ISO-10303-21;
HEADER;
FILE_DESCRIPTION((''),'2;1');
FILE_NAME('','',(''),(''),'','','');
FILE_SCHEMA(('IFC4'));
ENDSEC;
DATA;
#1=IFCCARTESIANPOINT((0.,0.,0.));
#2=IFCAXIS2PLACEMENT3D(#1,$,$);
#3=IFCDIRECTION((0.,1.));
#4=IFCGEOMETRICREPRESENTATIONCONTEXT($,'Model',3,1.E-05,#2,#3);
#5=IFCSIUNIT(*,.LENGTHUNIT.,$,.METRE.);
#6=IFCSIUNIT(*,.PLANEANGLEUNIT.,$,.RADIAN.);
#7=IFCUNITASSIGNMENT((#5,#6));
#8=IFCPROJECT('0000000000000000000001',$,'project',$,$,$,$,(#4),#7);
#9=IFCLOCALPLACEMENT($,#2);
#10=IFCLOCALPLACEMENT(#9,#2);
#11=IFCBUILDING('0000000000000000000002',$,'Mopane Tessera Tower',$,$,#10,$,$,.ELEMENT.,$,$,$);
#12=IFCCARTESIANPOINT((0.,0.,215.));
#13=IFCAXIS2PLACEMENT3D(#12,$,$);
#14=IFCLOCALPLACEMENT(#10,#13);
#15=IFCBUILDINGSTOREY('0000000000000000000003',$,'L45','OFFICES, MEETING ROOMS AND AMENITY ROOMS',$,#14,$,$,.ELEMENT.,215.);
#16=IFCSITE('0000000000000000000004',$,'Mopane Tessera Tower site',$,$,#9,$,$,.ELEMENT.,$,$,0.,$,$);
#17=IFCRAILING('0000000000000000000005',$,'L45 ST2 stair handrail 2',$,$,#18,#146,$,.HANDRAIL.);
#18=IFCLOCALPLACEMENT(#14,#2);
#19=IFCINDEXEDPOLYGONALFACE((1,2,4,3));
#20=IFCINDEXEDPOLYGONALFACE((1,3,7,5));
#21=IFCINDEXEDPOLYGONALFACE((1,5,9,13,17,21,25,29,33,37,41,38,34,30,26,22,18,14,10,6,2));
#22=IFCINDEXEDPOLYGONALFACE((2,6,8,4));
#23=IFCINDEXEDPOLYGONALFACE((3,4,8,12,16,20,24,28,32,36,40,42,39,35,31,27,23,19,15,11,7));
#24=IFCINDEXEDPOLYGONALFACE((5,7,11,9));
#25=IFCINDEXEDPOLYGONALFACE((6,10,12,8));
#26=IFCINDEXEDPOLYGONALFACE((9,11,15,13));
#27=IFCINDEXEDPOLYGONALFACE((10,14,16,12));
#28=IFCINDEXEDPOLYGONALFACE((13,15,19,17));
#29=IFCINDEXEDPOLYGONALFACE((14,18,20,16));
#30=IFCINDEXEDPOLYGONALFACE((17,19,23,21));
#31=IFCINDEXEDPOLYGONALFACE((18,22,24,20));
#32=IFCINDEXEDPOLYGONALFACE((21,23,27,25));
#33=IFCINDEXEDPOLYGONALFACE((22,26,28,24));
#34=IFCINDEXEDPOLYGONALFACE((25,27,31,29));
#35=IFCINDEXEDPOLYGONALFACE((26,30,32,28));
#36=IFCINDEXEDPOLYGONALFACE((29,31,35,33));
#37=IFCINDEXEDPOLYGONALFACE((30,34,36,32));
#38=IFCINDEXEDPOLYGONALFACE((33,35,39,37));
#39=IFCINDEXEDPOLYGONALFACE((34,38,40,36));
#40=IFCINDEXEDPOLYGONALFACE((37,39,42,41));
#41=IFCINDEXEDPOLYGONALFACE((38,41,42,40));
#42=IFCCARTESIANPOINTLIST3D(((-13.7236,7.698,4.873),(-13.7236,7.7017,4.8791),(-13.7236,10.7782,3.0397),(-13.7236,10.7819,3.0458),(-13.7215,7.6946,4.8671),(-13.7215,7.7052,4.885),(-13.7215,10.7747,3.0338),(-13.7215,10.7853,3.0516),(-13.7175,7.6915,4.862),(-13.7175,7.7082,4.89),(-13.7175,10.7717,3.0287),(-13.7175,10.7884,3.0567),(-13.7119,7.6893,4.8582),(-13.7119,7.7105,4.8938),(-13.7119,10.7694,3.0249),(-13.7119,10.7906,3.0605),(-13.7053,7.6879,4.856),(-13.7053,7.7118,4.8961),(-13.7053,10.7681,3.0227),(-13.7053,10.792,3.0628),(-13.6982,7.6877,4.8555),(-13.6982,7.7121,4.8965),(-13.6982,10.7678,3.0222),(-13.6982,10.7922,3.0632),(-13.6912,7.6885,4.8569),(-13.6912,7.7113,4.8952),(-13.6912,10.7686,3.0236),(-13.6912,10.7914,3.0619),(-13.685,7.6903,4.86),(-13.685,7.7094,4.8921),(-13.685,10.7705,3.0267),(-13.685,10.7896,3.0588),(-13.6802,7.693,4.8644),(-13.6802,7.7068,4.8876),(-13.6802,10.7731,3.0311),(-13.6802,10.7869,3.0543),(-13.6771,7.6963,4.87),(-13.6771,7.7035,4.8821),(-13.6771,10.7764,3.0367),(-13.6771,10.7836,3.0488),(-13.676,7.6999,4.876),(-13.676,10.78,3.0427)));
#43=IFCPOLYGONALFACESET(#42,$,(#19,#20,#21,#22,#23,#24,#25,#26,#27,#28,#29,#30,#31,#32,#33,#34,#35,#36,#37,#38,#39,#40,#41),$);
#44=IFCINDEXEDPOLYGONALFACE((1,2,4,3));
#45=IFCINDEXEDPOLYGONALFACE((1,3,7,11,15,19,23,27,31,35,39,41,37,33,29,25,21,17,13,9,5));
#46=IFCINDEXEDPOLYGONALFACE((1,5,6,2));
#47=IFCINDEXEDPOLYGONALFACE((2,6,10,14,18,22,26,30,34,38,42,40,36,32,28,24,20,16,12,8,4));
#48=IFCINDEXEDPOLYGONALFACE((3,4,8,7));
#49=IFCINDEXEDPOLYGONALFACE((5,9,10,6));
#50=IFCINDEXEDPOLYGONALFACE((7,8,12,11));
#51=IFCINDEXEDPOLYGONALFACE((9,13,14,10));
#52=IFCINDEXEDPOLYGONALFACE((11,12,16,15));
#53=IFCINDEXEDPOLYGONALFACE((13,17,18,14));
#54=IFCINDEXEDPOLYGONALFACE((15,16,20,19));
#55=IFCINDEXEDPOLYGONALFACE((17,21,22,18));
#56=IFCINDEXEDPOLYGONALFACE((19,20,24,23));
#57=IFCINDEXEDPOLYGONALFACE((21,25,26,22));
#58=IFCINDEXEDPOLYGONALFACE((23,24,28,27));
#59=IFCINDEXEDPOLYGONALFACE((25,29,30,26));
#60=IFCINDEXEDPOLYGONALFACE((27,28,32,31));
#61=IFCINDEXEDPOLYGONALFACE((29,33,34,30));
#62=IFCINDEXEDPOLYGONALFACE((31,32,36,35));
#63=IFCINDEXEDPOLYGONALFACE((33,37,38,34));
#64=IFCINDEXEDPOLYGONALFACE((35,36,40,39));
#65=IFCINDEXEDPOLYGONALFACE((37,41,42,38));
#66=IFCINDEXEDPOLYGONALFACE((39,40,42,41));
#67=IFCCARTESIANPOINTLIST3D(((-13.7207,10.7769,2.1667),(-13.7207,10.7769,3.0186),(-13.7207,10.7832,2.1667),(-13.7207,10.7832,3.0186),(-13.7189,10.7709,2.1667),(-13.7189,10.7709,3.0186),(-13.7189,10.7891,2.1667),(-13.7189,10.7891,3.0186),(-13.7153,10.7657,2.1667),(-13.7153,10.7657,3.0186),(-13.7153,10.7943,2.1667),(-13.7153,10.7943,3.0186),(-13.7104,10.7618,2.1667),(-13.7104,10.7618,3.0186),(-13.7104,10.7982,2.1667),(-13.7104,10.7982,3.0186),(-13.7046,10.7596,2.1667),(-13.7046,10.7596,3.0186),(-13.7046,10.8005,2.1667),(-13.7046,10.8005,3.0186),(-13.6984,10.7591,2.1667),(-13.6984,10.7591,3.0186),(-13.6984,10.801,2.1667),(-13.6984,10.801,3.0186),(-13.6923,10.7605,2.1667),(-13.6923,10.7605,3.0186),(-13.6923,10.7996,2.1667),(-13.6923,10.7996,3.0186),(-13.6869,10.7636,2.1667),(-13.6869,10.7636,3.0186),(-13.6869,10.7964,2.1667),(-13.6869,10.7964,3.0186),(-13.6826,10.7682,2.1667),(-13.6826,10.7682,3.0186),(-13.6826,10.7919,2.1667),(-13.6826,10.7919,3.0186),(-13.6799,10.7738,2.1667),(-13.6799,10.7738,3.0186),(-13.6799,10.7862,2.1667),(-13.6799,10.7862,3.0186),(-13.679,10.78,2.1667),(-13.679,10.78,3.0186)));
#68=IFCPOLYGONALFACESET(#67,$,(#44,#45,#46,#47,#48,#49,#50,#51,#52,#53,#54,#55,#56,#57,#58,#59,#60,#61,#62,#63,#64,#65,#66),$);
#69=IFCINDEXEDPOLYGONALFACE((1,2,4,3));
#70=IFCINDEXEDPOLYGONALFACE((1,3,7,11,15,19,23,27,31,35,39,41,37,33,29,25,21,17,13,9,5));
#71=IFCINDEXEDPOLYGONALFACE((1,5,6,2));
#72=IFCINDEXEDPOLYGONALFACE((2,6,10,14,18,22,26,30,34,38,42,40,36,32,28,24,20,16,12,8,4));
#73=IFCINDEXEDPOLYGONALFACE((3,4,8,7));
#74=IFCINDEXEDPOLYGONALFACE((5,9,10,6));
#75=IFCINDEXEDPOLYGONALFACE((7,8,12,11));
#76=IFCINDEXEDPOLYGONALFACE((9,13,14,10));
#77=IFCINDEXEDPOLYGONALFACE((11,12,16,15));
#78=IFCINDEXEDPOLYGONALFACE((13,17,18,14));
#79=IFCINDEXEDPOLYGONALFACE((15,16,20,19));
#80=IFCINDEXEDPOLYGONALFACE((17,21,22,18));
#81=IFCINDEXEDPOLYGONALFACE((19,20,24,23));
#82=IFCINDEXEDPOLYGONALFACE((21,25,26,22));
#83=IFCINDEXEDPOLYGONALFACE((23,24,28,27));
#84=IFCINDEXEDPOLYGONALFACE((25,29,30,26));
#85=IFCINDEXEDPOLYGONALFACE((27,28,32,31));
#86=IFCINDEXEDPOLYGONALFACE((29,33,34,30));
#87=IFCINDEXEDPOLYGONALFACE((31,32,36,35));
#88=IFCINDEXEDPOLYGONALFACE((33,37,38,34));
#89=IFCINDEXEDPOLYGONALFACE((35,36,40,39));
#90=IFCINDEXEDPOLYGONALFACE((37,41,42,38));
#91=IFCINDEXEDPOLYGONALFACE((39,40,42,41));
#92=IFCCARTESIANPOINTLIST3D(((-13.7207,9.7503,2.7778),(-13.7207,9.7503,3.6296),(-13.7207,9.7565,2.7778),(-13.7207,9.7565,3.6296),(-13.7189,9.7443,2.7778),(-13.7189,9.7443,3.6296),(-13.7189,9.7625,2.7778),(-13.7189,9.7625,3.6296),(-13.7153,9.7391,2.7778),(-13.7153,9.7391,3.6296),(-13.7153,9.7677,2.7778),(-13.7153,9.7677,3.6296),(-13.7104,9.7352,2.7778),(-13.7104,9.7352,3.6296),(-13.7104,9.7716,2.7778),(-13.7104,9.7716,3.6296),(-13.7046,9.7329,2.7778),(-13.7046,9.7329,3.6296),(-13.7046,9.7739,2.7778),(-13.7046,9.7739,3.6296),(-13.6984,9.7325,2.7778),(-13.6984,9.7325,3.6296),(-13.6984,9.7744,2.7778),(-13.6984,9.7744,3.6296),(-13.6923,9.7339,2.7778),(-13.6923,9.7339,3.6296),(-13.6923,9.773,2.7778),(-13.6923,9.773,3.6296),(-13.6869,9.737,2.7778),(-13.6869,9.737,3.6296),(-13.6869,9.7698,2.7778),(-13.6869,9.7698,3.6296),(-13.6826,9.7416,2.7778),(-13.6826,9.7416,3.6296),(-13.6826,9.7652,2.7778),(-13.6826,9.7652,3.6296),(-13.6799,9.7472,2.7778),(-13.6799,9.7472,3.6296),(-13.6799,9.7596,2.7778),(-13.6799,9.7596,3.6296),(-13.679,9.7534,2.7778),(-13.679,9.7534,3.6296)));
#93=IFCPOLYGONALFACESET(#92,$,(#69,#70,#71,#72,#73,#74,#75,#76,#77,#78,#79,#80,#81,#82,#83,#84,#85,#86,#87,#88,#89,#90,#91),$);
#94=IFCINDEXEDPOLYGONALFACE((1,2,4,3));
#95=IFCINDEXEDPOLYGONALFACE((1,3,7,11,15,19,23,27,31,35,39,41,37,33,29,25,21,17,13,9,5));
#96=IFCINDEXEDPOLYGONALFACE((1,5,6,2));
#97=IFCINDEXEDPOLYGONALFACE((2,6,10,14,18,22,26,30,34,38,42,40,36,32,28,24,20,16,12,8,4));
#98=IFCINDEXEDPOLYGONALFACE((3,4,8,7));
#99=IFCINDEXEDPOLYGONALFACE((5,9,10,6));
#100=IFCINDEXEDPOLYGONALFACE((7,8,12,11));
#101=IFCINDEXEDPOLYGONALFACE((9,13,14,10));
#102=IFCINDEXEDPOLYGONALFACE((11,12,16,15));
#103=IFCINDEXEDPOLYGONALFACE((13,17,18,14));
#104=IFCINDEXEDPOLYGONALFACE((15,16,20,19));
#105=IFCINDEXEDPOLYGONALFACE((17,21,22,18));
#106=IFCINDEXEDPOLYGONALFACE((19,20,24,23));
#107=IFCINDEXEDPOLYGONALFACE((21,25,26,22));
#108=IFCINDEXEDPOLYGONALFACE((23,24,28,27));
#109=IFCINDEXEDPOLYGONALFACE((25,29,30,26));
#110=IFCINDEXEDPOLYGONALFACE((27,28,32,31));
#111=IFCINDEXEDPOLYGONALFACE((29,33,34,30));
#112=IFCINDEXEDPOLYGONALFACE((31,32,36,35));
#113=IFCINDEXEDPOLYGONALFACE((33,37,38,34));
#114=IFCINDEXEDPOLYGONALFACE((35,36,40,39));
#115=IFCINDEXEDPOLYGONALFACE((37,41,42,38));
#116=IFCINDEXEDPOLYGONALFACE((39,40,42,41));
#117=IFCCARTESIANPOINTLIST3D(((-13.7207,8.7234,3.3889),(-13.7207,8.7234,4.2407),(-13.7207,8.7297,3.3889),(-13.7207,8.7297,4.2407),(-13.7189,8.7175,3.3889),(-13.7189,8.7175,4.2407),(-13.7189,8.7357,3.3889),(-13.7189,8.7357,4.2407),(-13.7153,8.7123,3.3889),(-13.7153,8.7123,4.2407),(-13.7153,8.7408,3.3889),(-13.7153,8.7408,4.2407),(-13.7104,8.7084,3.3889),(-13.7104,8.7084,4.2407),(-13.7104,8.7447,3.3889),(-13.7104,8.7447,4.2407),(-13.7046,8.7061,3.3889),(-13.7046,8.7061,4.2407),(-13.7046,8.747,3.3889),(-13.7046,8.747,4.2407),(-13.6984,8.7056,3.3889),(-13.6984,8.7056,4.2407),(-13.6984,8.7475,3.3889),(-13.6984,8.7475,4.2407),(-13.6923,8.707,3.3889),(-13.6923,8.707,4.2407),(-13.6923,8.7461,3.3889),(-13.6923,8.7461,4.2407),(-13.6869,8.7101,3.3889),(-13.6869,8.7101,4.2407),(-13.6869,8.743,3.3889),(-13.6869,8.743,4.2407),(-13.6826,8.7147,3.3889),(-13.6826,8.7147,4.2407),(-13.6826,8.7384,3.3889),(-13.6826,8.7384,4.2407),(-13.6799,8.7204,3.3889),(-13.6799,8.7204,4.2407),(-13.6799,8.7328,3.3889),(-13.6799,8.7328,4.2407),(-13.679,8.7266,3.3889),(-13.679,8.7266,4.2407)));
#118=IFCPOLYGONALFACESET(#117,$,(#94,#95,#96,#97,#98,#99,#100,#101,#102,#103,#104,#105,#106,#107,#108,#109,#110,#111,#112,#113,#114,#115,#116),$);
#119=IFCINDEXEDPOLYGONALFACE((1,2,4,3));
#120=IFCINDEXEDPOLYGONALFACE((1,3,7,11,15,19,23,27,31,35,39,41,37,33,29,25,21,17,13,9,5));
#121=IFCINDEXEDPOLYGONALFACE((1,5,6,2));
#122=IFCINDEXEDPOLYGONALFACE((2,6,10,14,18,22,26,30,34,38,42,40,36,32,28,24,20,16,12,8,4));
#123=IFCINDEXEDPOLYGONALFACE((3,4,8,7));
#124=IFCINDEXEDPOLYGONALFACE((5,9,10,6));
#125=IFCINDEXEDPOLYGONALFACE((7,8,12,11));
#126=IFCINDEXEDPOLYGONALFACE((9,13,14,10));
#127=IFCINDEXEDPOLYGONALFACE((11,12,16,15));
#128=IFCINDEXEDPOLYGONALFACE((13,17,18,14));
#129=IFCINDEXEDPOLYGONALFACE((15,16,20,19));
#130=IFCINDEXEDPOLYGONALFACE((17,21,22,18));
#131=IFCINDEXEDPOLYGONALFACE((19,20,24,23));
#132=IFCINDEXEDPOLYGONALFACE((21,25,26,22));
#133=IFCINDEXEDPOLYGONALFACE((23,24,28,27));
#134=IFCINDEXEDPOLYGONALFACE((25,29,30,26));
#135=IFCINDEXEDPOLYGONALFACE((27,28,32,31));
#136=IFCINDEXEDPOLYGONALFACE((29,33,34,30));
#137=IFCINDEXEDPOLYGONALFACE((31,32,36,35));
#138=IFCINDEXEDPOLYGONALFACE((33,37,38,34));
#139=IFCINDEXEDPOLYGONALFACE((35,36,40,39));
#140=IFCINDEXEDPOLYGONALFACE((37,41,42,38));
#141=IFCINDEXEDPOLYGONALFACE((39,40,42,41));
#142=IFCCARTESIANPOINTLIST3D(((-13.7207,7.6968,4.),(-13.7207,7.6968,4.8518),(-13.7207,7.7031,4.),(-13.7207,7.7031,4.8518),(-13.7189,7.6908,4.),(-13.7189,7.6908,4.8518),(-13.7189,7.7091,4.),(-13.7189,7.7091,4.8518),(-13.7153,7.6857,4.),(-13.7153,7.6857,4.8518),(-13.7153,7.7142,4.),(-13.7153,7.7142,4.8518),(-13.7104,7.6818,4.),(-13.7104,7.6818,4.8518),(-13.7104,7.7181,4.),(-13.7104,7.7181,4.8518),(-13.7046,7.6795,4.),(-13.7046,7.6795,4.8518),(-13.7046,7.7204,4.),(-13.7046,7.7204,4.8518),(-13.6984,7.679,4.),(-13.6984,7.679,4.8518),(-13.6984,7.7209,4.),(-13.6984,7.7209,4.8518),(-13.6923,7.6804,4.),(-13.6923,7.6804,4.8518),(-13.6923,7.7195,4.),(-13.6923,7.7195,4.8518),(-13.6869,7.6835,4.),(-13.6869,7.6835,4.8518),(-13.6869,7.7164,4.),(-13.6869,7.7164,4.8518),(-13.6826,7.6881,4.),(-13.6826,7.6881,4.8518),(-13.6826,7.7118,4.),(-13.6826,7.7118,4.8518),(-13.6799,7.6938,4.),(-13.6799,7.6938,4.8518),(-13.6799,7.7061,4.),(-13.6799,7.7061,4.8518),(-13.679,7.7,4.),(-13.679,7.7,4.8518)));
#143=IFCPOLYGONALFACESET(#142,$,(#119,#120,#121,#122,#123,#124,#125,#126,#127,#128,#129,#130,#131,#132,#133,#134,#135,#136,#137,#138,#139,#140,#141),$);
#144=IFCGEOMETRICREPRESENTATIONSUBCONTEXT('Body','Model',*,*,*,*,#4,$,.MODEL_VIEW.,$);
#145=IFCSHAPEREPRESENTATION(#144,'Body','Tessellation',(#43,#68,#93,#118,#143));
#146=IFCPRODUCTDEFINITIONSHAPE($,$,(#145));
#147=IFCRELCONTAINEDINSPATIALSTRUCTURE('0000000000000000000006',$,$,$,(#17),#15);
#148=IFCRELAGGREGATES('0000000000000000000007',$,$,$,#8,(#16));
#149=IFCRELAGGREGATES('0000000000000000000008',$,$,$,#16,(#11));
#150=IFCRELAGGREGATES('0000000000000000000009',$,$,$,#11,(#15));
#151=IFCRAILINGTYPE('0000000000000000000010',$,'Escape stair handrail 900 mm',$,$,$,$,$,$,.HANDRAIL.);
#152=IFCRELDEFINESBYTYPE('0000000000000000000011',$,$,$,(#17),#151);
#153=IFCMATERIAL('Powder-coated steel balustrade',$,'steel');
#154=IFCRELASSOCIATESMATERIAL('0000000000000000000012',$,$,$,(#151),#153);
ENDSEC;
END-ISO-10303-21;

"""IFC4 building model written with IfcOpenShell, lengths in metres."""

from ifc_helpers import new_model, si_unit, direction, frame, origin, origin_2d, place, context, subcontext, project, spatial, circle, extrude, material, type_object, element, save


model = new_model("IFC4")

# Units and contexts
model_context = context("Model", 3, precision=1e-05, world=origin(), true_north=direction((0.0, 1.0)))
body_context = subcontext(model_context, "Body", "Model", "MODEL_VIEW")
ifc_project = project(units=[si_unit("LENGTHUNIT", "METRE"), si_unit("PLANEANGLEUNIT", "RADIAN")], contexts=[model_context])

# Site, building, storey
site_placement = place(None, origin())
site = spatial("IfcSite", under=ifc_project, at=site_placement, Name="Mopane Tessera Tower site", CompositionType="ELEMENT", RefElevation=0.0)
building_placement = place(site_placement, origin())
building = spatial("IfcBuilding", under=site, at=building_placement, Name="Mopane Tessera Tower", CompositionType="ELEMENT")
storey_placement = place(building_placement, frame((0.0, 0.0, 215.0)))
storey = spatial("IfcBuildingStorey", under=building, at=storey_placement, Name="L45", Description="OFFICES, MEETING ROOMS AND AMENITY ROOMS", CompositionType="ELEMENT", Elevation=215.0)

# Railing
ifc_material_1 = material(Name="Powder-coated steel balustrade", Category="steel")
railing_type = type_object("IfcRailingType", Name="Escape stair handrail 900 mm", PredefinedType="HANDRAIL", material=ifc_material_1)
railing_placement = place(storey_placement, frame((-13.7, 10.78, 2.1667)))
element("IfcRailing", 1, at=railing_placement, inside=storey, type_object=railing_type, Name="L45 ST2 stair handrail 2", PredefinedType="HANDRAIL", context=body_context, shape_type="SweptSolid", body=[
    extrude(circle(Radius=0.0239, at=origin_2d()), frame((0.0, 0.0, 0.876), z_axis=(0.0, -0.859309, 0.511458), x_axis=(1.0, 0.0, 0.0)), (0.0, 0.0, 1.0), 3.5845),
    extrude(circle(Radius=0.021, at=origin_2d()), origin(), (0.0, 0.0, 1.0), 0.8518),
    extrude(circle(Radius=0.021, at=origin_2d()), frame((0.0, -1.0266, 0.6111)), (0.0, 0.0, 1.0), 0.8518),
    extrude(circle(Radius=0.021, at=origin_2d()), frame((0.0, -2.0535, 1.2222)), (0.0, 0.0, 1.0), 0.8518),
    extrude(circle(Radius=0.021, at=origin_2d()), frame((0.0, -3.0801, 1.8333)), (0.0, 0.0, 1.0), 0.8518),
])

save(model, "model.ifc")
